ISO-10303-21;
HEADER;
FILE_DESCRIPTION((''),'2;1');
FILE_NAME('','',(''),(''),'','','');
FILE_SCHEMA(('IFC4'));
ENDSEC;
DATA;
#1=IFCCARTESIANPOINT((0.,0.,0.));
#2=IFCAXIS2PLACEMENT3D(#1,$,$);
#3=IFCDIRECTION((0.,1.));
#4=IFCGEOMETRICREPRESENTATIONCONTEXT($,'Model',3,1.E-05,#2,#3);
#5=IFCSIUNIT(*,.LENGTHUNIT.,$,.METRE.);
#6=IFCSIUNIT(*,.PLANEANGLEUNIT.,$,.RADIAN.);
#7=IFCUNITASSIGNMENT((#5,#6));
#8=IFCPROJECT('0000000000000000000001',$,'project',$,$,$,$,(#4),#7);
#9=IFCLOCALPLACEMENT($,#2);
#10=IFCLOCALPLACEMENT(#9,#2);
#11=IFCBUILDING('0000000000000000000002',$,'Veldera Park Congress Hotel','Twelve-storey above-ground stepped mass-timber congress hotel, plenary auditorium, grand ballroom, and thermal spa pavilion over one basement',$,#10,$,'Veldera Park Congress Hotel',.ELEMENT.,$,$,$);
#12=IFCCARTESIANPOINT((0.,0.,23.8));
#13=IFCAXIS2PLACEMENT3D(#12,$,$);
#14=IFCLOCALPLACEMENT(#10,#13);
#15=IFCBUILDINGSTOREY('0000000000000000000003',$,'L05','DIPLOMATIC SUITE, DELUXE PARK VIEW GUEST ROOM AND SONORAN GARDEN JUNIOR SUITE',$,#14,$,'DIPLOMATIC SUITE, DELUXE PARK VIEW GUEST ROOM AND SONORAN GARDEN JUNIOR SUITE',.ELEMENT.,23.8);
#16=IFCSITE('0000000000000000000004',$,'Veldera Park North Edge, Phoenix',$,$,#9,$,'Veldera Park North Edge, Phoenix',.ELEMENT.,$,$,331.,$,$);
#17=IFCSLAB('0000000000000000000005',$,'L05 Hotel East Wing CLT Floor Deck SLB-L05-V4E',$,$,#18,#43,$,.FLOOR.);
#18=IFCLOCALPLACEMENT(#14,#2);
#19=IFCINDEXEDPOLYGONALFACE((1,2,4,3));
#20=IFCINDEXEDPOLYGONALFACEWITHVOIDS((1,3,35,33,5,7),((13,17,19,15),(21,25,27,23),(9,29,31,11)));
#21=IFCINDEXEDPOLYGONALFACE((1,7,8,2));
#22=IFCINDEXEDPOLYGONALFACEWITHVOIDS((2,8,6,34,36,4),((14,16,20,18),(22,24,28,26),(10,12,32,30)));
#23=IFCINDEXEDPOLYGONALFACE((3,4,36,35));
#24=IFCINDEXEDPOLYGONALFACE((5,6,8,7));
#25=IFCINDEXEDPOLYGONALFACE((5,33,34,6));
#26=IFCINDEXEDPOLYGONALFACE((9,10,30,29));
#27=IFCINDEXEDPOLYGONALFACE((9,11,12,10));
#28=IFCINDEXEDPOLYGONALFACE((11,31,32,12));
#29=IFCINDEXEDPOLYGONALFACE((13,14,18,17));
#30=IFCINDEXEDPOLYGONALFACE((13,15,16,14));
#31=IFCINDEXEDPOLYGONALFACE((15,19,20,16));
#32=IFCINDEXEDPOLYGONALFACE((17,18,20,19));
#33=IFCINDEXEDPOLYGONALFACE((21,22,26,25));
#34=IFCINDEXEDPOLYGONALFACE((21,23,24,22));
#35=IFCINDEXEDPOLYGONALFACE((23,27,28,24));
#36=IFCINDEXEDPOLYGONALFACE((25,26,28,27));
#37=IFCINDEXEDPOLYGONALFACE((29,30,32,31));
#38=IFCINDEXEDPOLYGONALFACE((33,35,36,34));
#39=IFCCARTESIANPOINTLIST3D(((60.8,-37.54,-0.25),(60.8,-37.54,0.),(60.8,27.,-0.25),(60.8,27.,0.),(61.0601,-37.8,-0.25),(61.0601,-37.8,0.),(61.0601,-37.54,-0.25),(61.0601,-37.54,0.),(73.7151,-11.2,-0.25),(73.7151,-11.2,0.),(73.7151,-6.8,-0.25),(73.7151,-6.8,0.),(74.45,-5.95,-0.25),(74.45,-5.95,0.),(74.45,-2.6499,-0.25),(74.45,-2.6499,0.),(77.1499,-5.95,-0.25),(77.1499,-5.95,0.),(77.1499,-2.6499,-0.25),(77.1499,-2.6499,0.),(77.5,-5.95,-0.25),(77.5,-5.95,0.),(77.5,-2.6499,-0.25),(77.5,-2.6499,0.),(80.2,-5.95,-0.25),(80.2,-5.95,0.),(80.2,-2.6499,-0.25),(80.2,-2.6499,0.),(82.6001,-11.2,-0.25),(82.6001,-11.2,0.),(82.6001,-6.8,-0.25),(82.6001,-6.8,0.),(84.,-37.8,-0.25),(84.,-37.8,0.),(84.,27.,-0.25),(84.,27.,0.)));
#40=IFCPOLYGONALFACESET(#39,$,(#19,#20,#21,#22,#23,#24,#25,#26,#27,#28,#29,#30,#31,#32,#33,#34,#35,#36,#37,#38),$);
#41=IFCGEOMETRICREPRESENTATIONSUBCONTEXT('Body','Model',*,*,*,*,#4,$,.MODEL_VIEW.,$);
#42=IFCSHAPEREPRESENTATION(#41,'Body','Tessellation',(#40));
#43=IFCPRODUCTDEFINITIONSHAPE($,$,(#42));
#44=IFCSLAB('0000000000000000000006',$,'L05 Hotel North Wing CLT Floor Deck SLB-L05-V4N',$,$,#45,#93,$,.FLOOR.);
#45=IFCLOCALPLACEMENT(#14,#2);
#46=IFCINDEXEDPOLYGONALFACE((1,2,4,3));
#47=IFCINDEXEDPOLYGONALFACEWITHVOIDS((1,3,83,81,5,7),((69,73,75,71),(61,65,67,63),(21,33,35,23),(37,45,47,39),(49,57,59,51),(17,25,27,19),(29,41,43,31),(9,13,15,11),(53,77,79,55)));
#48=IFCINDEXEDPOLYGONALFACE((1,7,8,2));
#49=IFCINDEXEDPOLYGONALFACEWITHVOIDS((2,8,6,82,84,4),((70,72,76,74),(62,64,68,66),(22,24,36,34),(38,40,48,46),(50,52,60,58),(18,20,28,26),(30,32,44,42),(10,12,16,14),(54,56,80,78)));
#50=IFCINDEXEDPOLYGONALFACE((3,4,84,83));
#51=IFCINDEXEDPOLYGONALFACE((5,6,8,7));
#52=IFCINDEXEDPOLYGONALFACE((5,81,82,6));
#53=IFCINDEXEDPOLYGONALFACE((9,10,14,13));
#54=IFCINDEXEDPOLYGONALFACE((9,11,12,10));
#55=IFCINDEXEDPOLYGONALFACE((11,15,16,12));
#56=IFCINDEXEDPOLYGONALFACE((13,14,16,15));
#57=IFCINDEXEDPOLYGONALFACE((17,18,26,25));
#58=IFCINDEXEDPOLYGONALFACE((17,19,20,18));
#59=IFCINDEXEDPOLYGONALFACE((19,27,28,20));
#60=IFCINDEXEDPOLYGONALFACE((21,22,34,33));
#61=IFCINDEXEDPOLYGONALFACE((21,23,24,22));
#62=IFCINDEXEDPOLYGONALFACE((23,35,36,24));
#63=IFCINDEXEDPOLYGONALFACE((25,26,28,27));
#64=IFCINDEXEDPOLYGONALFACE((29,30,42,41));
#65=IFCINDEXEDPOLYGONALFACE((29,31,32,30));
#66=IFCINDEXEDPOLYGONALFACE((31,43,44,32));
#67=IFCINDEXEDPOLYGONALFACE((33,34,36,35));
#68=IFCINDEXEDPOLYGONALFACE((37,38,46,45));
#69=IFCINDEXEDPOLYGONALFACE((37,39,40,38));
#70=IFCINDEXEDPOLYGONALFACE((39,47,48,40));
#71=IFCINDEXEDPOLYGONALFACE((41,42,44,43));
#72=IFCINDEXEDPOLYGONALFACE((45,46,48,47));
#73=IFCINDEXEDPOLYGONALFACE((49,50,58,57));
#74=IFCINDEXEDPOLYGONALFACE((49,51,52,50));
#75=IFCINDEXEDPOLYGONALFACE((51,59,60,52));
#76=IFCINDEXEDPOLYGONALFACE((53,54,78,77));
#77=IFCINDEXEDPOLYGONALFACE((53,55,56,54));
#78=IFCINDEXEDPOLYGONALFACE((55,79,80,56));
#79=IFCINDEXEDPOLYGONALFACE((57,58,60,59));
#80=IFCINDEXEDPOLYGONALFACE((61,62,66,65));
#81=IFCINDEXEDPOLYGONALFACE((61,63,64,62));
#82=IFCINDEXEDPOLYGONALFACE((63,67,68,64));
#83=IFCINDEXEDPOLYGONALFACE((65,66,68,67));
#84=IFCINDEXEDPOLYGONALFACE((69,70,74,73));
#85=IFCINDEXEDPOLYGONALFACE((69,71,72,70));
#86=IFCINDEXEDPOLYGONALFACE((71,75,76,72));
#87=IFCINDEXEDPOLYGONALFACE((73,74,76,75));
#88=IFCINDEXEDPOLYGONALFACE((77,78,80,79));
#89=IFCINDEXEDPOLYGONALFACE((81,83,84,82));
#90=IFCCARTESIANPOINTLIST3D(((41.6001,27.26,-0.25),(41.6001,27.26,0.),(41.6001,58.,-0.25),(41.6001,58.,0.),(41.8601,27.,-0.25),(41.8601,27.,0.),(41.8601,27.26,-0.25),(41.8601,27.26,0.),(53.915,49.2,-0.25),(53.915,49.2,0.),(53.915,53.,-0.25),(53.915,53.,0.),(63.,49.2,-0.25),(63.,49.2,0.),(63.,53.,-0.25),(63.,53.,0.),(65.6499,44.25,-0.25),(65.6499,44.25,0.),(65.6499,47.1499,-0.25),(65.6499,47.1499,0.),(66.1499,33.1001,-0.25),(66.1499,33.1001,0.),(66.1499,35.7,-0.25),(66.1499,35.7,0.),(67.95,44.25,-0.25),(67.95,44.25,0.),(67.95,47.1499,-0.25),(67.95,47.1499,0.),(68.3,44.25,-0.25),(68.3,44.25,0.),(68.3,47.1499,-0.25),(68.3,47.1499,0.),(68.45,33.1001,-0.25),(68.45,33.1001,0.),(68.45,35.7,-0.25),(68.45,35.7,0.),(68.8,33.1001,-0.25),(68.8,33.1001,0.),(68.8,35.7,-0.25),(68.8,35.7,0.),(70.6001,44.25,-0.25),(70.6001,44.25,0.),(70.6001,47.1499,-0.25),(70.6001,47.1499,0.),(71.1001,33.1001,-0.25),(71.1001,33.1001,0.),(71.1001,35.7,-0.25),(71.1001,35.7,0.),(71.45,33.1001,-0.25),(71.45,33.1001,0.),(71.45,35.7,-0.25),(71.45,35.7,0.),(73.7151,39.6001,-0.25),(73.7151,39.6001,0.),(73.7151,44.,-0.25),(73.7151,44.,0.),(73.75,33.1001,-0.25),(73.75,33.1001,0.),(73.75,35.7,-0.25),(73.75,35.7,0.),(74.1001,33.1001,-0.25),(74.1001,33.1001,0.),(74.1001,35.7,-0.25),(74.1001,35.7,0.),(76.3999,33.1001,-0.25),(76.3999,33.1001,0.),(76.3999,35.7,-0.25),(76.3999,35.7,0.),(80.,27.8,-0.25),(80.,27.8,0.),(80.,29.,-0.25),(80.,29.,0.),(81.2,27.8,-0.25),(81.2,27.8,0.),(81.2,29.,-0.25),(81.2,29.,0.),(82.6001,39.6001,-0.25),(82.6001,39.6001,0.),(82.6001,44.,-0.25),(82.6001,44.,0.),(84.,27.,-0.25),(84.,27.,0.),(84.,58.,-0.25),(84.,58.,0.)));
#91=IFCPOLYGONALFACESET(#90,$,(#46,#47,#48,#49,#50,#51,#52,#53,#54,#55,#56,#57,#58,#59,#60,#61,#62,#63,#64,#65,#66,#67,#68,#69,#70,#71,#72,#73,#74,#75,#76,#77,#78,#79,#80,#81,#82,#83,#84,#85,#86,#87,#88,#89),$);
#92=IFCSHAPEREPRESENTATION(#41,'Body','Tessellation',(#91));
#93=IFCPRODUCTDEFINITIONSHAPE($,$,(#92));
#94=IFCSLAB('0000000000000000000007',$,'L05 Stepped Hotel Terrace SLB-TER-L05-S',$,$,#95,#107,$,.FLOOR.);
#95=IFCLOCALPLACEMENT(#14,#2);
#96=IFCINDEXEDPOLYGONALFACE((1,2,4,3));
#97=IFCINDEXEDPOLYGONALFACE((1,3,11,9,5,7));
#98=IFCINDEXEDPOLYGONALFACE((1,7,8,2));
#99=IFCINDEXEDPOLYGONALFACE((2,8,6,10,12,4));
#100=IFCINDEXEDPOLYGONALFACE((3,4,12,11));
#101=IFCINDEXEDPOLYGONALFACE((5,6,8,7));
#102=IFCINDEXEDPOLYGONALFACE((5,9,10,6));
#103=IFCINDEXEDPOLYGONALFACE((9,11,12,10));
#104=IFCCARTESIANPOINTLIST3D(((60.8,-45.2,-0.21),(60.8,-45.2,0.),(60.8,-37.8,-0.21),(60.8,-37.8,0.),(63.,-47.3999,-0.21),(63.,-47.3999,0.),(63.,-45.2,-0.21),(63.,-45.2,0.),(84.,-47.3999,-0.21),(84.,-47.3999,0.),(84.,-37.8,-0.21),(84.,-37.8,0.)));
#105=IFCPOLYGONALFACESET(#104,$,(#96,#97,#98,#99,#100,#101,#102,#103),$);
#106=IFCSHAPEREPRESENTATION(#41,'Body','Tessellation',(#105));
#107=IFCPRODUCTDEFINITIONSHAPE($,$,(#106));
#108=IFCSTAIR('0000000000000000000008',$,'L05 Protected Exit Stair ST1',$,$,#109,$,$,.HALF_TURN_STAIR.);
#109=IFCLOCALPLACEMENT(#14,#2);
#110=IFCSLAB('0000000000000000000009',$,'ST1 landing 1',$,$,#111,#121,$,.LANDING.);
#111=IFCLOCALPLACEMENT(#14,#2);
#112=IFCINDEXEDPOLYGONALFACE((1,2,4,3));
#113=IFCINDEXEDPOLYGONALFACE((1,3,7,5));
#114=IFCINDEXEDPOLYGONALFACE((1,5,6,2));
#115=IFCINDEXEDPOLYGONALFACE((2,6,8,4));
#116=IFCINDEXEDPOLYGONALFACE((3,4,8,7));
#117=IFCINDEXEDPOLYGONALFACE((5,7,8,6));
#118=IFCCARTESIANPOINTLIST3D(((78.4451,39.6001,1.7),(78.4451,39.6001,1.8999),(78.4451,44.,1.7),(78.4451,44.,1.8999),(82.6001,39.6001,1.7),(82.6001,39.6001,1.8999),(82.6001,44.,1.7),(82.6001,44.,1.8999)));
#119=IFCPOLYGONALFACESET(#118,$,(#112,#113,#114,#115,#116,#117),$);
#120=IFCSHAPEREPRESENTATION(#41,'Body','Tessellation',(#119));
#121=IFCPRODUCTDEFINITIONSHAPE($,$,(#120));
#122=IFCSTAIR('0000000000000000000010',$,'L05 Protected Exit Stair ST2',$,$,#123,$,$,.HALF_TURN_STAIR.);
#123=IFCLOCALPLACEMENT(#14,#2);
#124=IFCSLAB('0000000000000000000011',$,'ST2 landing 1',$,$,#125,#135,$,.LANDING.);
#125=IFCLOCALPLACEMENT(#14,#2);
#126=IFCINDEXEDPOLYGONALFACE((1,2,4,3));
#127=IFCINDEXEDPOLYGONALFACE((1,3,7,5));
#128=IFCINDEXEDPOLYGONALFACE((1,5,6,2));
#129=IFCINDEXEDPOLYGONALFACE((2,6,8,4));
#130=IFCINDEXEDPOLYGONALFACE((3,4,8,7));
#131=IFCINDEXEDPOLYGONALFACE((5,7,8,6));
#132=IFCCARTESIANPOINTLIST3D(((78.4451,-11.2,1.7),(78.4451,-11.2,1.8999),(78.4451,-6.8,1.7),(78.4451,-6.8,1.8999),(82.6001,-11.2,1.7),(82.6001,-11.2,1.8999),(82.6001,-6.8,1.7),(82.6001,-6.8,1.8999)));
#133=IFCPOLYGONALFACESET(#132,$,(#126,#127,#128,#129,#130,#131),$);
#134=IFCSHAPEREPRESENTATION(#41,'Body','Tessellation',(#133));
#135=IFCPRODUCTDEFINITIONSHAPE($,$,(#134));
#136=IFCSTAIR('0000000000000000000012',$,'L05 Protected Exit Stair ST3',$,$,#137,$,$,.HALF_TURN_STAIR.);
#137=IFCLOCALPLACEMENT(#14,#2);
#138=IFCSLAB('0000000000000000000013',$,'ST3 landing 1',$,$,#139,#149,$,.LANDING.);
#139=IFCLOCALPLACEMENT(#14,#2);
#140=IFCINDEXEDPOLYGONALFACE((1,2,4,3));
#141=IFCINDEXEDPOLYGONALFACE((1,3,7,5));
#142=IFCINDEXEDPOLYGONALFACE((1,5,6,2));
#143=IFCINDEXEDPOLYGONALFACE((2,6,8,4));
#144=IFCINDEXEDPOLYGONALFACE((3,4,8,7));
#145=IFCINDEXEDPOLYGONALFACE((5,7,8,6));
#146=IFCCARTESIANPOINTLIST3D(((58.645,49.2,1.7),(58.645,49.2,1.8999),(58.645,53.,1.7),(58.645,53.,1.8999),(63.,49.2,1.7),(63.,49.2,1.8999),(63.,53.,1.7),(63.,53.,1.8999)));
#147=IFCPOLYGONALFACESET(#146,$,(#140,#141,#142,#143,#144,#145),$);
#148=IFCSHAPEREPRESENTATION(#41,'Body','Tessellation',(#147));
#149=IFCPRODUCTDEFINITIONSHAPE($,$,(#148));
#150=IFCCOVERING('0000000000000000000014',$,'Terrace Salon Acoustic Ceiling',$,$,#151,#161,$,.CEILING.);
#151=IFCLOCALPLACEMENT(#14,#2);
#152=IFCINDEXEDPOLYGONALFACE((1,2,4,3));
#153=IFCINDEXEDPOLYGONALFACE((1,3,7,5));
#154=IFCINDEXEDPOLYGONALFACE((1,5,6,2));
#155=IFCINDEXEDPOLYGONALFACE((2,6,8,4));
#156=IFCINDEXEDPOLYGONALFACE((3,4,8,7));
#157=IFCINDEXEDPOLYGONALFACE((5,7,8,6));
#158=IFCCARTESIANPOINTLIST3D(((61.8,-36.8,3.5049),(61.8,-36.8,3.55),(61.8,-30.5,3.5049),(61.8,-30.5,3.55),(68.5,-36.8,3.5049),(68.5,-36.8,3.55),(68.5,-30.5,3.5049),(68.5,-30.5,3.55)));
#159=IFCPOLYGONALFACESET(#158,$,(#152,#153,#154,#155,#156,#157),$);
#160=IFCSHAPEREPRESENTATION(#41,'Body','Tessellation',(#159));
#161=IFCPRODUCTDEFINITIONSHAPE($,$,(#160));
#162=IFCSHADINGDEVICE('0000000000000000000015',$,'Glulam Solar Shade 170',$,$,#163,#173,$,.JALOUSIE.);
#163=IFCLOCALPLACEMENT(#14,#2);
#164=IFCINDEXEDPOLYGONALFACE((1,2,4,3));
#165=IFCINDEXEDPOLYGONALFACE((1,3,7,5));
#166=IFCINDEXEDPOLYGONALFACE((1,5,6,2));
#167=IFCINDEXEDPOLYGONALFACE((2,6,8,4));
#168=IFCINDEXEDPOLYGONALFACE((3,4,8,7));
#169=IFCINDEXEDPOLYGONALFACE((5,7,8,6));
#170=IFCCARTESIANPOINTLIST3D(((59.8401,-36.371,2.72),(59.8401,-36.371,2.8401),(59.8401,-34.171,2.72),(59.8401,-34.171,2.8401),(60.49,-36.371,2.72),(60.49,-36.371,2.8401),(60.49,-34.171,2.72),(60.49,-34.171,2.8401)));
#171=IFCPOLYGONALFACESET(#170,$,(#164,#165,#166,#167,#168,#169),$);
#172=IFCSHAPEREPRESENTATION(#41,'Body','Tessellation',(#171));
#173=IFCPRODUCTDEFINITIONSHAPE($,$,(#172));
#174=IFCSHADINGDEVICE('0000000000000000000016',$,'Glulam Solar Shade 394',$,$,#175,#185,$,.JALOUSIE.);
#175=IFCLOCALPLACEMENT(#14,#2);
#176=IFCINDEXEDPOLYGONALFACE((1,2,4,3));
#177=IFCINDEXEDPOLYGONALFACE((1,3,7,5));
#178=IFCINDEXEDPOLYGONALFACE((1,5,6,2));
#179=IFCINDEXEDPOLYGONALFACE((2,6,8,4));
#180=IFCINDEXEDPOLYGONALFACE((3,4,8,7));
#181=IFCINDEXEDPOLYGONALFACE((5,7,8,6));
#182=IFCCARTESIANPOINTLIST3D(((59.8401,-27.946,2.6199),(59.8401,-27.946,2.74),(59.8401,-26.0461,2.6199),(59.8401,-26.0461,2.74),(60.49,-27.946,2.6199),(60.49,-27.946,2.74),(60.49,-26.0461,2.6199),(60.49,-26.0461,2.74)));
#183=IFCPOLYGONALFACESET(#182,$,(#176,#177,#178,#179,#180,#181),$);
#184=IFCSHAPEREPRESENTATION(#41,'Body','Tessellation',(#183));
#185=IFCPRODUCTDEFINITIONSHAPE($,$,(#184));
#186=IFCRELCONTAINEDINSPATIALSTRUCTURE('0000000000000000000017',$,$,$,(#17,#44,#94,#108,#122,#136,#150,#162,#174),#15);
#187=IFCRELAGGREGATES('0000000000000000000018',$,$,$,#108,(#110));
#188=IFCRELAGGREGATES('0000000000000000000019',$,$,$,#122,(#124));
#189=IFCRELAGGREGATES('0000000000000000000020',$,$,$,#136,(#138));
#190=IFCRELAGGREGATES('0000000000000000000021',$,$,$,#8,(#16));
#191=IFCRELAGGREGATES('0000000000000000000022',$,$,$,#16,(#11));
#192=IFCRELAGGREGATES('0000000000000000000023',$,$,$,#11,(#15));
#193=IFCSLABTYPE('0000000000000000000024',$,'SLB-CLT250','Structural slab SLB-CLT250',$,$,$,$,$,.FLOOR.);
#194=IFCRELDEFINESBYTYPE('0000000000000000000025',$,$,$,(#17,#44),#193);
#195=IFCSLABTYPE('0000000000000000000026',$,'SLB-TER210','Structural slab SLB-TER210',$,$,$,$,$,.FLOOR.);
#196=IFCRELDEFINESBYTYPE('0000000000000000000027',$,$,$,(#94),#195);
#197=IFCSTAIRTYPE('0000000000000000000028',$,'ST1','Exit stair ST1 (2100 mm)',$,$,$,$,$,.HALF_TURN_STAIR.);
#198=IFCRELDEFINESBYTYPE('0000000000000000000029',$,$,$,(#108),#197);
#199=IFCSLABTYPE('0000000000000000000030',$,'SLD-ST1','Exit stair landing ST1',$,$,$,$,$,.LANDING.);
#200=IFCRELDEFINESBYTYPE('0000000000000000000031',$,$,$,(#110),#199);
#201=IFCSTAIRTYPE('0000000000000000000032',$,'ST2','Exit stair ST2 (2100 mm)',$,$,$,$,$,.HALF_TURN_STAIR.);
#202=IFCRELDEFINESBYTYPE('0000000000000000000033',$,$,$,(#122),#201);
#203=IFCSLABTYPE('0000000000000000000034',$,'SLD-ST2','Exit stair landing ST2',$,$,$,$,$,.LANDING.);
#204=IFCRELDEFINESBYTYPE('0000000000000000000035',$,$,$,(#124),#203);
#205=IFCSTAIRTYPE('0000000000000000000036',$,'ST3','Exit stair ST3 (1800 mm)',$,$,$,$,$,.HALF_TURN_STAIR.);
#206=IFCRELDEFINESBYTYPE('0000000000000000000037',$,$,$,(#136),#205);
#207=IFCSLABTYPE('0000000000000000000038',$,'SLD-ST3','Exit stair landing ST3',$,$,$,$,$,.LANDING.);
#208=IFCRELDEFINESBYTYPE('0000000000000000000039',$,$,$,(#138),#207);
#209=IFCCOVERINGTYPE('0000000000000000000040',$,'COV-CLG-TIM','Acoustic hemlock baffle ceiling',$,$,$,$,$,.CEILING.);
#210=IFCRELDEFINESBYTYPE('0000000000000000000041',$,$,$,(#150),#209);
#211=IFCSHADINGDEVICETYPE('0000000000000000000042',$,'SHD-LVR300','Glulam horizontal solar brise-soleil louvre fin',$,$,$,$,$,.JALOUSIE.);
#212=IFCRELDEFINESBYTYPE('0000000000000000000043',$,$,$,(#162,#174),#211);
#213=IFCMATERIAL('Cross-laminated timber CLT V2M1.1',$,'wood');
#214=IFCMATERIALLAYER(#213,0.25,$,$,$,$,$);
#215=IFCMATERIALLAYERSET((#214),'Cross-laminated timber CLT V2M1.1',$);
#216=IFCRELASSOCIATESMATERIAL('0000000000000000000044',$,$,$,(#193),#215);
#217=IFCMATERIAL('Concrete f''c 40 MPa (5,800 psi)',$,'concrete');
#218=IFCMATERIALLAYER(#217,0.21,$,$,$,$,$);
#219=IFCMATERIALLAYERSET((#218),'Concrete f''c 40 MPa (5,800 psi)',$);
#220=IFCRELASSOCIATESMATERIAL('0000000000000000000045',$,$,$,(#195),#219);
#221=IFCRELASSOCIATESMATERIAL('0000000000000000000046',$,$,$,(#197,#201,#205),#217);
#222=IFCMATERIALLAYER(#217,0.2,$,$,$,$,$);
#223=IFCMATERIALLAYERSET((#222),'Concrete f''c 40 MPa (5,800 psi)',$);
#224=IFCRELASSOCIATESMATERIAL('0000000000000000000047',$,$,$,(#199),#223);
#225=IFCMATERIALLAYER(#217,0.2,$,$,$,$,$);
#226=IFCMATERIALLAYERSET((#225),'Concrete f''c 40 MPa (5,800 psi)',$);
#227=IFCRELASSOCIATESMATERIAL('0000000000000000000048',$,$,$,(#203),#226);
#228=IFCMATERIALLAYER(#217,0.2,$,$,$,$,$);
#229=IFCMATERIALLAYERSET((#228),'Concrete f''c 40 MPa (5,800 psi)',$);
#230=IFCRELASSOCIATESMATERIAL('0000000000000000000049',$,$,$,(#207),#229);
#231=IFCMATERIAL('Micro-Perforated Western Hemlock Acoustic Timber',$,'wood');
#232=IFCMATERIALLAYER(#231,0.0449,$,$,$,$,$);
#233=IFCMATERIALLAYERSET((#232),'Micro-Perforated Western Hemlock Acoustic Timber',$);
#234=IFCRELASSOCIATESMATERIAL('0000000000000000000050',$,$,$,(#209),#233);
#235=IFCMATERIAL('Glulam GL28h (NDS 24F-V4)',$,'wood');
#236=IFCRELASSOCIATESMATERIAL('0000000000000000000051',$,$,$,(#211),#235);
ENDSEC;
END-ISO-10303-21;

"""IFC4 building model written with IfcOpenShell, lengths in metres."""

from ifc_helpers import new_model, si_unit, direction, frame, origin, origin_2d, place, context, subcontext, project, spatial, polyline, rectangle, outline, extrude, material, layer, layer_set, type_object, element, aggregate, save


model = new_model("IFC4")

# Units and contexts
model_context = context("Model", 3, precision=1e-05, world=origin(), true_north=direction((0.0, 1.0)))
body_context = subcontext(model_context, "Body", "Model", "MODEL_VIEW")
ifc_project = project(units=[si_unit("LENGTHUNIT", "METRE"), si_unit("PLANEANGLEUNIT", "RADIAN")], contexts=[model_context])

# Site, building, storey
site_placement = place(None, origin())
site = spatial("IfcSite", under=ifc_project, at=site_placement, Name="Veldera Park North Edge, Phoenix", LongName="Veldera Park North Edge, Phoenix", CompositionType="ELEMENT", RefElevation=331.0)
building_placement = place(site_placement, origin())
building = spatial("IfcBuilding", under=site, at=building_placement, Name="Veldera Park Congress Hotel", Description="Twelve-storey above-ground stepped mass-timber congress hotel, plenary auditorium, grand ballroom, and thermal spa pavilion over one basement", LongName="Veldera Park Congress Hotel", CompositionType="ELEMENT")
storey_placement = place(building_placement, frame((0.0, 0.0, 23.8)))
storey = spatial("IfcBuildingStorey", under=building, at=storey_placement, Name="L05", Description="DIPLOMATIC SUITE, DELUXE PARK VIEW GUEST ROOM AND SONORAN GARDEN JUNIOR SUITE", LongName="DIPLOMATIC SUITE, DELUXE PARK VIEW GUEST ROOM AND SONORAN GARDEN JUNIOR SUITE", CompositionType="ELEMENT", Elevation=23.8)

# Slabs
ifc_material_1 = material(Name="Cross-laminated timber CLT V2M1.1", Category="wood")
ifc_layer_1 = layer(ifc_material_1, 0.25)
ifc_layer_set_1 = layer_set([ifc_layer_1], Name="Cross-laminated timber CLT V2M1.1")
slab_type_1 = type_object("IfcSlabType", Name="SLB-CLT250", Description="Structural slab SLB-CLT250", PredefinedType="FLOOR", material=ifc_layer_set_1)
slab_1_placement = place(storey_placement, frame((0.0, 0.0, -0.25)))
element("IfcSlab", 1, at=slab_1_placement, inside=storey, type_object=slab_type_1, Name="L05 Hotel East Wing CLT Floor Deck SLB-L05-V4E", PredefinedType="FLOOR", context=body_context, shape_type="SweptSolid", body=[
    extrude(outline(polyline([(60.8, -37.54), (61.0601, -37.54), (61.0601, -37.8), (84.0, -37.8), (84.0, 27.0), (60.8, 27.0), (60.8, -37.54)]), holes=[polyline([(73.7151, -11.2), (82.6001, -11.2), (82.6001, -6.8), (73.7151, -6.8), (73.7151, -11.2)]), polyline([(74.45, -5.95), (77.1499, -5.95), (77.1499, -2.6499), (74.45, -2.6499), (74.45, -5.95)]), polyline([(77.5, -5.95), (80.2, -5.95), (80.2, -2.6499), (77.5, -2.6499), (77.5, -5.95)])]), origin(), (0.0, 0.0, 1.0), 0.25),
])
slab_2_placement = place(storey_placement, frame((0.0, 0.0, -0.25)))
element("IfcSlab", 2, at=slab_2_placement, inside=storey, type_object=slab_type_1, Name="L05 Hotel North Wing CLT Floor Deck SLB-L05-V4N", PredefinedType="FLOOR", context=body_context, shape_type="SweptSolid", body=[
    extrude(outline(polyline([(41.6001, 27.26), (41.8601, 27.26), (41.8601, 27.0), (84.0, 27.0), (84.0, 58.0), (41.6001, 58.0), (41.6001, 27.26)]), holes=[polyline([(73.7151, 39.6001), (82.6001, 39.6001), (82.6001, 44.0), (73.7151, 44.0), (73.7151, 39.6001)]), polyline([(53.915, 49.2), (63.0, 49.2), (63.0, 53.0), (53.915, 53.0), (53.915, 49.2)]), polyline([(65.6499, 44.25), (67.95, 44.25), (67.95, 47.1499), (65.6499, 47.1499), (65.6499, 44.25)]), polyline([(68.3, 44.25), (70.6001, 44.25), (70.6001, 47.1499), (68.3, 47.1499), (68.3, 44.25)]), polyline([(66.1499, 33.1001), (68.45, 33.1001), (68.45, 35.7), (66.1499, 35.7), (66.1499, 33.1001)]), polyline([(68.8, 33.1001), (71.1001, 33.1001), (71.1001, 35.7), (68.8, 35.7), (68.8, 33.1001)]), polyline([(71.45, 33.1001), (73.75, 33.1001), (73.75, 35.7), (71.45, 35.7), (71.45, 33.1001)]), polyline([(74.1001, 33.1001), (76.3999, 33.1001), (76.3999, 35.7), (74.1001, 35.7), (74.1001, 33.1001)]), polyline([(80.0, 27.8), (81.2, 27.8), (81.2, 29.0), (80.0, 29.0), (80.0, 27.8)])]), origin(), (0.0, 0.0, 1.0), 0.25),
])
ifc_material_2 = material(Name="Concrete f'c 40 MPa (5,800 psi)", Category="concrete")
ifc_layer_2 = layer(ifc_material_2, 0.21)
ifc_layer_set_2 = layer_set([ifc_layer_2], Name="Concrete f'c 40 MPa (5,800 psi)")
slab_type_2 = type_object("IfcSlabType", Name="SLB-TER210", Description="Structural slab SLB-TER210", PredefinedType="FLOOR", material=ifc_layer_set_2)
slab_3_placement = place(storey_placement, frame((0.0, 0.0, -0.21)))
element("IfcSlab", 3, at=slab_3_placement, inside=storey, type_object=slab_type_2, Name="L05 Stepped Hotel Terrace SLB-TER-L05-S", PredefinedType="FLOOR", context=body_context, shape_type="SweptSolid", body=[
    extrude(outline(polyline([(60.8, -45.2), (63.0, -45.2), (63.0, -47.3999), (84.0, -47.3999), (84.0, -37.8), (60.8, -37.8), (60.8, -45.2)])), origin(), (0.0, 0.0, 1.0), 0.21),
])

# Stairs, slabs
stair_type_1 = type_object("IfcStairType", Name="ST1", Description="Exit stair ST1 (2100 mm)", PredefinedType="HALF_TURN_STAIR", material=ifc_material_2)
stair_1_placement = place(storey_placement, origin())
stair_1 = element("IfcStair", 4, at=stair_1_placement, inside=storey, type_object=stair_type_1, Name="L05 Protected Exit Stair ST1", PredefinedType="HALF_TURN_STAIR")
ifc_layer_3 = layer(ifc_material_2, 0.2)
ifc_layer_set_3 = layer_set([ifc_layer_3], Name="Concrete f'c 40 MPa (5,800 psi)")
slab_type_3 = type_object("IfcSlabType", Name="SLD-ST1", Description="Exit stair landing ST1", PredefinedType="LANDING", material=ifc_layer_set_3)
slab_4_placement = place(storey_placement, frame((0.0, 0.0, 1.7)))
slab_4 = element("IfcSlab", 5, at=slab_4_placement, type_object=slab_type_3, Name="ST1 landing 1", PredefinedType="LANDING", context=body_context, shape_type="SweptSolid", body=[
    extrude(outline(polyline([(78.4451, 39.6001), (82.6001, 39.6001), (82.6001, 44.0), (78.4451, 44.0), (78.4451, 39.6001)])), origin(), (0.0, 0.0, 1.0), 0.2),
])
aggregate(stair_1, [slab_4])
stair_type_2 = type_object("IfcStairType", Name="ST2", Description="Exit stair ST2 (2100 mm)", PredefinedType="HALF_TURN_STAIR", material=ifc_material_2)
stair_2_placement = place(storey_placement, origin())
stair_2 = element("IfcStair", 6, at=stair_2_placement, inside=storey, type_object=stair_type_2, Name="L05 Protected Exit Stair ST2", PredefinedType="HALF_TURN_STAIR")
ifc_layer_4 = layer(ifc_material_2, 0.2)
ifc_layer_set_4 = layer_set([ifc_layer_4], Name="Concrete f'c 40 MPa (5,800 psi)")
slab_type_4 = type_object("IfcSlabType", Name="SLD-ST2", Description="Exit stair landing ST2", PredefinedType="LANDING", material=ifc_layer_set_4)
slab_5_placement = place(storey_placement, frame((0.0, 0.0, 1.7)))
slab_5 = element("IfcSlab", 7, at=slab_5_placement, type_object=slab_type_4, Name="ST2 landing 1", PredefinedType="LANDING", context=body_context, shape_type="SweptSolid", body=[
    extrude(outline(polyline([(78.4451, -11.2), (82.6001, -11.2), (82.6001, -6.8), (78.4451, -6.8), (78.4451, -11.2)])), origin(), (0.0, 0.0, 1.0), 0.2),
])
aggregate(stair_2, [slab_5])
stair_type_3 = type_object("IfcStairType", Name="ST3", Description="Exit stair ST3 (1800 mm)", PredefinedType="HALF_TURN_STAIR", material=ifc_material_2)
stair_3_placement = place(storey_placement, origin())
stair_3 = element("IfcStair", 8, at=stair_3_placement, inside=storey, type_object=stair_type_3, Name="L05 Protected Exit Stair ST3", PredefinedType="HALF_TURN_STAIR")
ifc_layer_5 = layer(ifc_material_2, 0.2)
ifc_layer_set_5 = layer_set([ifc_layer_5], Name="Concrete f'c 40 MPa (5,800 psi)")
slab_type_5 = type_object("IfcSlabType", Name="SLD-ST3", Description="Exit stair landing ST3", PredefinedType="LANDING", material=ifc_layer_set_5)
slab_6_placement = place(storey_placement, frame((0.0, 0.0, 1.7)))
slab_6 = element("IfcSlab", 9, at=slab_6_placement, type_object=slab_type_5, Name="ST3 landing 1", PredefinedType="LANDING", context=body_context, shape_type="SweptSolid", body=[
    extrude(outline(polyline([(58.645, 49.2), (63.0, 49.2), (63.0, 53.0), (58.645, 53.0), (58.645, 49.2)])), origin(), (0.0, 0.0, 1.0), 0.2),
])
aggregate(stair_3, [slab_6])

# Covering
ifc_material_3 = material(Name="Micro-Perforated Western Hemlock Acoustic Timber", Category="wood")
ifc_layer_6 = layer(ifc_material_3, 0.0449)
ifc_layer_set_6 = layer_set([ifc_layer_6], Name="Micro-Perforated Western Hemlock Acoustic Timber")
covering_type = type_object("IfcCoveringType", Name="COV-CLG-TIM", Description="Acoustic hemlock baffle ceiling", PredefinedType="CEILING", material=ifc_layer_set_6)
covering_placement = place(storey_placement, frame((0.0, 0.0, 3.5049)))
element("IfcCovering", 10, at=covering_placement, inside=storey, type_object=covering_type, Name="Terrace Salon Acoustic Ceiling", PredefinedType="CEILING", context=body_context, shape_type="SweptSolid", body=[
    extrude(outline(polyline([(61.8, -36.8), (68.5, -36.8), (68.5, -30.5), (61.8, -30.5), (61.8, -36.8)])), origin(), (0.0, 0.0, 1.0), 0.0452),
])

# Shading devices
ifc_material_4 = material(Name="Glulam GL28h (NDS 24F-V4)", Category="wood")
shading_device_type = type_object("IfcShadingDeviceType", Name="SHD-LVR300", Description="Glulam horizontal solar brise-soleil louvre fin", PredefinedType="JALOUSIE", material=ifc_material_4)
shading_device_1_placement = place(storey_placement, frame((60.165, -35.271, 2.72), z_axis=(0.0, 0.0, 1.0), x_axis=(0.0, -1.0, 0.0)))
element("IfcShadingDevice", 11, at=shading_device_1_placement, inside=storey, type_object=shading_device_type, Name="Glulam Solar Shade 170", PredefinedType="JALOUSIE", context=body_context, shape_type="SweptSolid", body=[
    extrude(rectangle(XDim=2.2, YDim=0.6499, at=origin_2d()), origin(), (0.0, 0.0, 1.0), 0.1201),
])
shading_device_2_placement = place(storey_placement, frame((60.165, -26.9961, 2.6199), z_axis=(0.0, 0.0, 1.0), x_axis=(0.0, -1.0, 0.0)))
element("IfcShadingDevice", 12, at=shading_device_2_placement, inside=storey, type_object=shading_device_type, Name="Glulam Solar Shade 394", PredefinedType="JALOUSIE", context=body_context, shape_type="SweptSolid", body=[
    extrude(rectangle(XDim=1.8999, YDim=0.6499, at=origin_2d()), origin(), (0.0, 0.0, 1.0), 0.1201),
])

save(model, "model.ifc")
